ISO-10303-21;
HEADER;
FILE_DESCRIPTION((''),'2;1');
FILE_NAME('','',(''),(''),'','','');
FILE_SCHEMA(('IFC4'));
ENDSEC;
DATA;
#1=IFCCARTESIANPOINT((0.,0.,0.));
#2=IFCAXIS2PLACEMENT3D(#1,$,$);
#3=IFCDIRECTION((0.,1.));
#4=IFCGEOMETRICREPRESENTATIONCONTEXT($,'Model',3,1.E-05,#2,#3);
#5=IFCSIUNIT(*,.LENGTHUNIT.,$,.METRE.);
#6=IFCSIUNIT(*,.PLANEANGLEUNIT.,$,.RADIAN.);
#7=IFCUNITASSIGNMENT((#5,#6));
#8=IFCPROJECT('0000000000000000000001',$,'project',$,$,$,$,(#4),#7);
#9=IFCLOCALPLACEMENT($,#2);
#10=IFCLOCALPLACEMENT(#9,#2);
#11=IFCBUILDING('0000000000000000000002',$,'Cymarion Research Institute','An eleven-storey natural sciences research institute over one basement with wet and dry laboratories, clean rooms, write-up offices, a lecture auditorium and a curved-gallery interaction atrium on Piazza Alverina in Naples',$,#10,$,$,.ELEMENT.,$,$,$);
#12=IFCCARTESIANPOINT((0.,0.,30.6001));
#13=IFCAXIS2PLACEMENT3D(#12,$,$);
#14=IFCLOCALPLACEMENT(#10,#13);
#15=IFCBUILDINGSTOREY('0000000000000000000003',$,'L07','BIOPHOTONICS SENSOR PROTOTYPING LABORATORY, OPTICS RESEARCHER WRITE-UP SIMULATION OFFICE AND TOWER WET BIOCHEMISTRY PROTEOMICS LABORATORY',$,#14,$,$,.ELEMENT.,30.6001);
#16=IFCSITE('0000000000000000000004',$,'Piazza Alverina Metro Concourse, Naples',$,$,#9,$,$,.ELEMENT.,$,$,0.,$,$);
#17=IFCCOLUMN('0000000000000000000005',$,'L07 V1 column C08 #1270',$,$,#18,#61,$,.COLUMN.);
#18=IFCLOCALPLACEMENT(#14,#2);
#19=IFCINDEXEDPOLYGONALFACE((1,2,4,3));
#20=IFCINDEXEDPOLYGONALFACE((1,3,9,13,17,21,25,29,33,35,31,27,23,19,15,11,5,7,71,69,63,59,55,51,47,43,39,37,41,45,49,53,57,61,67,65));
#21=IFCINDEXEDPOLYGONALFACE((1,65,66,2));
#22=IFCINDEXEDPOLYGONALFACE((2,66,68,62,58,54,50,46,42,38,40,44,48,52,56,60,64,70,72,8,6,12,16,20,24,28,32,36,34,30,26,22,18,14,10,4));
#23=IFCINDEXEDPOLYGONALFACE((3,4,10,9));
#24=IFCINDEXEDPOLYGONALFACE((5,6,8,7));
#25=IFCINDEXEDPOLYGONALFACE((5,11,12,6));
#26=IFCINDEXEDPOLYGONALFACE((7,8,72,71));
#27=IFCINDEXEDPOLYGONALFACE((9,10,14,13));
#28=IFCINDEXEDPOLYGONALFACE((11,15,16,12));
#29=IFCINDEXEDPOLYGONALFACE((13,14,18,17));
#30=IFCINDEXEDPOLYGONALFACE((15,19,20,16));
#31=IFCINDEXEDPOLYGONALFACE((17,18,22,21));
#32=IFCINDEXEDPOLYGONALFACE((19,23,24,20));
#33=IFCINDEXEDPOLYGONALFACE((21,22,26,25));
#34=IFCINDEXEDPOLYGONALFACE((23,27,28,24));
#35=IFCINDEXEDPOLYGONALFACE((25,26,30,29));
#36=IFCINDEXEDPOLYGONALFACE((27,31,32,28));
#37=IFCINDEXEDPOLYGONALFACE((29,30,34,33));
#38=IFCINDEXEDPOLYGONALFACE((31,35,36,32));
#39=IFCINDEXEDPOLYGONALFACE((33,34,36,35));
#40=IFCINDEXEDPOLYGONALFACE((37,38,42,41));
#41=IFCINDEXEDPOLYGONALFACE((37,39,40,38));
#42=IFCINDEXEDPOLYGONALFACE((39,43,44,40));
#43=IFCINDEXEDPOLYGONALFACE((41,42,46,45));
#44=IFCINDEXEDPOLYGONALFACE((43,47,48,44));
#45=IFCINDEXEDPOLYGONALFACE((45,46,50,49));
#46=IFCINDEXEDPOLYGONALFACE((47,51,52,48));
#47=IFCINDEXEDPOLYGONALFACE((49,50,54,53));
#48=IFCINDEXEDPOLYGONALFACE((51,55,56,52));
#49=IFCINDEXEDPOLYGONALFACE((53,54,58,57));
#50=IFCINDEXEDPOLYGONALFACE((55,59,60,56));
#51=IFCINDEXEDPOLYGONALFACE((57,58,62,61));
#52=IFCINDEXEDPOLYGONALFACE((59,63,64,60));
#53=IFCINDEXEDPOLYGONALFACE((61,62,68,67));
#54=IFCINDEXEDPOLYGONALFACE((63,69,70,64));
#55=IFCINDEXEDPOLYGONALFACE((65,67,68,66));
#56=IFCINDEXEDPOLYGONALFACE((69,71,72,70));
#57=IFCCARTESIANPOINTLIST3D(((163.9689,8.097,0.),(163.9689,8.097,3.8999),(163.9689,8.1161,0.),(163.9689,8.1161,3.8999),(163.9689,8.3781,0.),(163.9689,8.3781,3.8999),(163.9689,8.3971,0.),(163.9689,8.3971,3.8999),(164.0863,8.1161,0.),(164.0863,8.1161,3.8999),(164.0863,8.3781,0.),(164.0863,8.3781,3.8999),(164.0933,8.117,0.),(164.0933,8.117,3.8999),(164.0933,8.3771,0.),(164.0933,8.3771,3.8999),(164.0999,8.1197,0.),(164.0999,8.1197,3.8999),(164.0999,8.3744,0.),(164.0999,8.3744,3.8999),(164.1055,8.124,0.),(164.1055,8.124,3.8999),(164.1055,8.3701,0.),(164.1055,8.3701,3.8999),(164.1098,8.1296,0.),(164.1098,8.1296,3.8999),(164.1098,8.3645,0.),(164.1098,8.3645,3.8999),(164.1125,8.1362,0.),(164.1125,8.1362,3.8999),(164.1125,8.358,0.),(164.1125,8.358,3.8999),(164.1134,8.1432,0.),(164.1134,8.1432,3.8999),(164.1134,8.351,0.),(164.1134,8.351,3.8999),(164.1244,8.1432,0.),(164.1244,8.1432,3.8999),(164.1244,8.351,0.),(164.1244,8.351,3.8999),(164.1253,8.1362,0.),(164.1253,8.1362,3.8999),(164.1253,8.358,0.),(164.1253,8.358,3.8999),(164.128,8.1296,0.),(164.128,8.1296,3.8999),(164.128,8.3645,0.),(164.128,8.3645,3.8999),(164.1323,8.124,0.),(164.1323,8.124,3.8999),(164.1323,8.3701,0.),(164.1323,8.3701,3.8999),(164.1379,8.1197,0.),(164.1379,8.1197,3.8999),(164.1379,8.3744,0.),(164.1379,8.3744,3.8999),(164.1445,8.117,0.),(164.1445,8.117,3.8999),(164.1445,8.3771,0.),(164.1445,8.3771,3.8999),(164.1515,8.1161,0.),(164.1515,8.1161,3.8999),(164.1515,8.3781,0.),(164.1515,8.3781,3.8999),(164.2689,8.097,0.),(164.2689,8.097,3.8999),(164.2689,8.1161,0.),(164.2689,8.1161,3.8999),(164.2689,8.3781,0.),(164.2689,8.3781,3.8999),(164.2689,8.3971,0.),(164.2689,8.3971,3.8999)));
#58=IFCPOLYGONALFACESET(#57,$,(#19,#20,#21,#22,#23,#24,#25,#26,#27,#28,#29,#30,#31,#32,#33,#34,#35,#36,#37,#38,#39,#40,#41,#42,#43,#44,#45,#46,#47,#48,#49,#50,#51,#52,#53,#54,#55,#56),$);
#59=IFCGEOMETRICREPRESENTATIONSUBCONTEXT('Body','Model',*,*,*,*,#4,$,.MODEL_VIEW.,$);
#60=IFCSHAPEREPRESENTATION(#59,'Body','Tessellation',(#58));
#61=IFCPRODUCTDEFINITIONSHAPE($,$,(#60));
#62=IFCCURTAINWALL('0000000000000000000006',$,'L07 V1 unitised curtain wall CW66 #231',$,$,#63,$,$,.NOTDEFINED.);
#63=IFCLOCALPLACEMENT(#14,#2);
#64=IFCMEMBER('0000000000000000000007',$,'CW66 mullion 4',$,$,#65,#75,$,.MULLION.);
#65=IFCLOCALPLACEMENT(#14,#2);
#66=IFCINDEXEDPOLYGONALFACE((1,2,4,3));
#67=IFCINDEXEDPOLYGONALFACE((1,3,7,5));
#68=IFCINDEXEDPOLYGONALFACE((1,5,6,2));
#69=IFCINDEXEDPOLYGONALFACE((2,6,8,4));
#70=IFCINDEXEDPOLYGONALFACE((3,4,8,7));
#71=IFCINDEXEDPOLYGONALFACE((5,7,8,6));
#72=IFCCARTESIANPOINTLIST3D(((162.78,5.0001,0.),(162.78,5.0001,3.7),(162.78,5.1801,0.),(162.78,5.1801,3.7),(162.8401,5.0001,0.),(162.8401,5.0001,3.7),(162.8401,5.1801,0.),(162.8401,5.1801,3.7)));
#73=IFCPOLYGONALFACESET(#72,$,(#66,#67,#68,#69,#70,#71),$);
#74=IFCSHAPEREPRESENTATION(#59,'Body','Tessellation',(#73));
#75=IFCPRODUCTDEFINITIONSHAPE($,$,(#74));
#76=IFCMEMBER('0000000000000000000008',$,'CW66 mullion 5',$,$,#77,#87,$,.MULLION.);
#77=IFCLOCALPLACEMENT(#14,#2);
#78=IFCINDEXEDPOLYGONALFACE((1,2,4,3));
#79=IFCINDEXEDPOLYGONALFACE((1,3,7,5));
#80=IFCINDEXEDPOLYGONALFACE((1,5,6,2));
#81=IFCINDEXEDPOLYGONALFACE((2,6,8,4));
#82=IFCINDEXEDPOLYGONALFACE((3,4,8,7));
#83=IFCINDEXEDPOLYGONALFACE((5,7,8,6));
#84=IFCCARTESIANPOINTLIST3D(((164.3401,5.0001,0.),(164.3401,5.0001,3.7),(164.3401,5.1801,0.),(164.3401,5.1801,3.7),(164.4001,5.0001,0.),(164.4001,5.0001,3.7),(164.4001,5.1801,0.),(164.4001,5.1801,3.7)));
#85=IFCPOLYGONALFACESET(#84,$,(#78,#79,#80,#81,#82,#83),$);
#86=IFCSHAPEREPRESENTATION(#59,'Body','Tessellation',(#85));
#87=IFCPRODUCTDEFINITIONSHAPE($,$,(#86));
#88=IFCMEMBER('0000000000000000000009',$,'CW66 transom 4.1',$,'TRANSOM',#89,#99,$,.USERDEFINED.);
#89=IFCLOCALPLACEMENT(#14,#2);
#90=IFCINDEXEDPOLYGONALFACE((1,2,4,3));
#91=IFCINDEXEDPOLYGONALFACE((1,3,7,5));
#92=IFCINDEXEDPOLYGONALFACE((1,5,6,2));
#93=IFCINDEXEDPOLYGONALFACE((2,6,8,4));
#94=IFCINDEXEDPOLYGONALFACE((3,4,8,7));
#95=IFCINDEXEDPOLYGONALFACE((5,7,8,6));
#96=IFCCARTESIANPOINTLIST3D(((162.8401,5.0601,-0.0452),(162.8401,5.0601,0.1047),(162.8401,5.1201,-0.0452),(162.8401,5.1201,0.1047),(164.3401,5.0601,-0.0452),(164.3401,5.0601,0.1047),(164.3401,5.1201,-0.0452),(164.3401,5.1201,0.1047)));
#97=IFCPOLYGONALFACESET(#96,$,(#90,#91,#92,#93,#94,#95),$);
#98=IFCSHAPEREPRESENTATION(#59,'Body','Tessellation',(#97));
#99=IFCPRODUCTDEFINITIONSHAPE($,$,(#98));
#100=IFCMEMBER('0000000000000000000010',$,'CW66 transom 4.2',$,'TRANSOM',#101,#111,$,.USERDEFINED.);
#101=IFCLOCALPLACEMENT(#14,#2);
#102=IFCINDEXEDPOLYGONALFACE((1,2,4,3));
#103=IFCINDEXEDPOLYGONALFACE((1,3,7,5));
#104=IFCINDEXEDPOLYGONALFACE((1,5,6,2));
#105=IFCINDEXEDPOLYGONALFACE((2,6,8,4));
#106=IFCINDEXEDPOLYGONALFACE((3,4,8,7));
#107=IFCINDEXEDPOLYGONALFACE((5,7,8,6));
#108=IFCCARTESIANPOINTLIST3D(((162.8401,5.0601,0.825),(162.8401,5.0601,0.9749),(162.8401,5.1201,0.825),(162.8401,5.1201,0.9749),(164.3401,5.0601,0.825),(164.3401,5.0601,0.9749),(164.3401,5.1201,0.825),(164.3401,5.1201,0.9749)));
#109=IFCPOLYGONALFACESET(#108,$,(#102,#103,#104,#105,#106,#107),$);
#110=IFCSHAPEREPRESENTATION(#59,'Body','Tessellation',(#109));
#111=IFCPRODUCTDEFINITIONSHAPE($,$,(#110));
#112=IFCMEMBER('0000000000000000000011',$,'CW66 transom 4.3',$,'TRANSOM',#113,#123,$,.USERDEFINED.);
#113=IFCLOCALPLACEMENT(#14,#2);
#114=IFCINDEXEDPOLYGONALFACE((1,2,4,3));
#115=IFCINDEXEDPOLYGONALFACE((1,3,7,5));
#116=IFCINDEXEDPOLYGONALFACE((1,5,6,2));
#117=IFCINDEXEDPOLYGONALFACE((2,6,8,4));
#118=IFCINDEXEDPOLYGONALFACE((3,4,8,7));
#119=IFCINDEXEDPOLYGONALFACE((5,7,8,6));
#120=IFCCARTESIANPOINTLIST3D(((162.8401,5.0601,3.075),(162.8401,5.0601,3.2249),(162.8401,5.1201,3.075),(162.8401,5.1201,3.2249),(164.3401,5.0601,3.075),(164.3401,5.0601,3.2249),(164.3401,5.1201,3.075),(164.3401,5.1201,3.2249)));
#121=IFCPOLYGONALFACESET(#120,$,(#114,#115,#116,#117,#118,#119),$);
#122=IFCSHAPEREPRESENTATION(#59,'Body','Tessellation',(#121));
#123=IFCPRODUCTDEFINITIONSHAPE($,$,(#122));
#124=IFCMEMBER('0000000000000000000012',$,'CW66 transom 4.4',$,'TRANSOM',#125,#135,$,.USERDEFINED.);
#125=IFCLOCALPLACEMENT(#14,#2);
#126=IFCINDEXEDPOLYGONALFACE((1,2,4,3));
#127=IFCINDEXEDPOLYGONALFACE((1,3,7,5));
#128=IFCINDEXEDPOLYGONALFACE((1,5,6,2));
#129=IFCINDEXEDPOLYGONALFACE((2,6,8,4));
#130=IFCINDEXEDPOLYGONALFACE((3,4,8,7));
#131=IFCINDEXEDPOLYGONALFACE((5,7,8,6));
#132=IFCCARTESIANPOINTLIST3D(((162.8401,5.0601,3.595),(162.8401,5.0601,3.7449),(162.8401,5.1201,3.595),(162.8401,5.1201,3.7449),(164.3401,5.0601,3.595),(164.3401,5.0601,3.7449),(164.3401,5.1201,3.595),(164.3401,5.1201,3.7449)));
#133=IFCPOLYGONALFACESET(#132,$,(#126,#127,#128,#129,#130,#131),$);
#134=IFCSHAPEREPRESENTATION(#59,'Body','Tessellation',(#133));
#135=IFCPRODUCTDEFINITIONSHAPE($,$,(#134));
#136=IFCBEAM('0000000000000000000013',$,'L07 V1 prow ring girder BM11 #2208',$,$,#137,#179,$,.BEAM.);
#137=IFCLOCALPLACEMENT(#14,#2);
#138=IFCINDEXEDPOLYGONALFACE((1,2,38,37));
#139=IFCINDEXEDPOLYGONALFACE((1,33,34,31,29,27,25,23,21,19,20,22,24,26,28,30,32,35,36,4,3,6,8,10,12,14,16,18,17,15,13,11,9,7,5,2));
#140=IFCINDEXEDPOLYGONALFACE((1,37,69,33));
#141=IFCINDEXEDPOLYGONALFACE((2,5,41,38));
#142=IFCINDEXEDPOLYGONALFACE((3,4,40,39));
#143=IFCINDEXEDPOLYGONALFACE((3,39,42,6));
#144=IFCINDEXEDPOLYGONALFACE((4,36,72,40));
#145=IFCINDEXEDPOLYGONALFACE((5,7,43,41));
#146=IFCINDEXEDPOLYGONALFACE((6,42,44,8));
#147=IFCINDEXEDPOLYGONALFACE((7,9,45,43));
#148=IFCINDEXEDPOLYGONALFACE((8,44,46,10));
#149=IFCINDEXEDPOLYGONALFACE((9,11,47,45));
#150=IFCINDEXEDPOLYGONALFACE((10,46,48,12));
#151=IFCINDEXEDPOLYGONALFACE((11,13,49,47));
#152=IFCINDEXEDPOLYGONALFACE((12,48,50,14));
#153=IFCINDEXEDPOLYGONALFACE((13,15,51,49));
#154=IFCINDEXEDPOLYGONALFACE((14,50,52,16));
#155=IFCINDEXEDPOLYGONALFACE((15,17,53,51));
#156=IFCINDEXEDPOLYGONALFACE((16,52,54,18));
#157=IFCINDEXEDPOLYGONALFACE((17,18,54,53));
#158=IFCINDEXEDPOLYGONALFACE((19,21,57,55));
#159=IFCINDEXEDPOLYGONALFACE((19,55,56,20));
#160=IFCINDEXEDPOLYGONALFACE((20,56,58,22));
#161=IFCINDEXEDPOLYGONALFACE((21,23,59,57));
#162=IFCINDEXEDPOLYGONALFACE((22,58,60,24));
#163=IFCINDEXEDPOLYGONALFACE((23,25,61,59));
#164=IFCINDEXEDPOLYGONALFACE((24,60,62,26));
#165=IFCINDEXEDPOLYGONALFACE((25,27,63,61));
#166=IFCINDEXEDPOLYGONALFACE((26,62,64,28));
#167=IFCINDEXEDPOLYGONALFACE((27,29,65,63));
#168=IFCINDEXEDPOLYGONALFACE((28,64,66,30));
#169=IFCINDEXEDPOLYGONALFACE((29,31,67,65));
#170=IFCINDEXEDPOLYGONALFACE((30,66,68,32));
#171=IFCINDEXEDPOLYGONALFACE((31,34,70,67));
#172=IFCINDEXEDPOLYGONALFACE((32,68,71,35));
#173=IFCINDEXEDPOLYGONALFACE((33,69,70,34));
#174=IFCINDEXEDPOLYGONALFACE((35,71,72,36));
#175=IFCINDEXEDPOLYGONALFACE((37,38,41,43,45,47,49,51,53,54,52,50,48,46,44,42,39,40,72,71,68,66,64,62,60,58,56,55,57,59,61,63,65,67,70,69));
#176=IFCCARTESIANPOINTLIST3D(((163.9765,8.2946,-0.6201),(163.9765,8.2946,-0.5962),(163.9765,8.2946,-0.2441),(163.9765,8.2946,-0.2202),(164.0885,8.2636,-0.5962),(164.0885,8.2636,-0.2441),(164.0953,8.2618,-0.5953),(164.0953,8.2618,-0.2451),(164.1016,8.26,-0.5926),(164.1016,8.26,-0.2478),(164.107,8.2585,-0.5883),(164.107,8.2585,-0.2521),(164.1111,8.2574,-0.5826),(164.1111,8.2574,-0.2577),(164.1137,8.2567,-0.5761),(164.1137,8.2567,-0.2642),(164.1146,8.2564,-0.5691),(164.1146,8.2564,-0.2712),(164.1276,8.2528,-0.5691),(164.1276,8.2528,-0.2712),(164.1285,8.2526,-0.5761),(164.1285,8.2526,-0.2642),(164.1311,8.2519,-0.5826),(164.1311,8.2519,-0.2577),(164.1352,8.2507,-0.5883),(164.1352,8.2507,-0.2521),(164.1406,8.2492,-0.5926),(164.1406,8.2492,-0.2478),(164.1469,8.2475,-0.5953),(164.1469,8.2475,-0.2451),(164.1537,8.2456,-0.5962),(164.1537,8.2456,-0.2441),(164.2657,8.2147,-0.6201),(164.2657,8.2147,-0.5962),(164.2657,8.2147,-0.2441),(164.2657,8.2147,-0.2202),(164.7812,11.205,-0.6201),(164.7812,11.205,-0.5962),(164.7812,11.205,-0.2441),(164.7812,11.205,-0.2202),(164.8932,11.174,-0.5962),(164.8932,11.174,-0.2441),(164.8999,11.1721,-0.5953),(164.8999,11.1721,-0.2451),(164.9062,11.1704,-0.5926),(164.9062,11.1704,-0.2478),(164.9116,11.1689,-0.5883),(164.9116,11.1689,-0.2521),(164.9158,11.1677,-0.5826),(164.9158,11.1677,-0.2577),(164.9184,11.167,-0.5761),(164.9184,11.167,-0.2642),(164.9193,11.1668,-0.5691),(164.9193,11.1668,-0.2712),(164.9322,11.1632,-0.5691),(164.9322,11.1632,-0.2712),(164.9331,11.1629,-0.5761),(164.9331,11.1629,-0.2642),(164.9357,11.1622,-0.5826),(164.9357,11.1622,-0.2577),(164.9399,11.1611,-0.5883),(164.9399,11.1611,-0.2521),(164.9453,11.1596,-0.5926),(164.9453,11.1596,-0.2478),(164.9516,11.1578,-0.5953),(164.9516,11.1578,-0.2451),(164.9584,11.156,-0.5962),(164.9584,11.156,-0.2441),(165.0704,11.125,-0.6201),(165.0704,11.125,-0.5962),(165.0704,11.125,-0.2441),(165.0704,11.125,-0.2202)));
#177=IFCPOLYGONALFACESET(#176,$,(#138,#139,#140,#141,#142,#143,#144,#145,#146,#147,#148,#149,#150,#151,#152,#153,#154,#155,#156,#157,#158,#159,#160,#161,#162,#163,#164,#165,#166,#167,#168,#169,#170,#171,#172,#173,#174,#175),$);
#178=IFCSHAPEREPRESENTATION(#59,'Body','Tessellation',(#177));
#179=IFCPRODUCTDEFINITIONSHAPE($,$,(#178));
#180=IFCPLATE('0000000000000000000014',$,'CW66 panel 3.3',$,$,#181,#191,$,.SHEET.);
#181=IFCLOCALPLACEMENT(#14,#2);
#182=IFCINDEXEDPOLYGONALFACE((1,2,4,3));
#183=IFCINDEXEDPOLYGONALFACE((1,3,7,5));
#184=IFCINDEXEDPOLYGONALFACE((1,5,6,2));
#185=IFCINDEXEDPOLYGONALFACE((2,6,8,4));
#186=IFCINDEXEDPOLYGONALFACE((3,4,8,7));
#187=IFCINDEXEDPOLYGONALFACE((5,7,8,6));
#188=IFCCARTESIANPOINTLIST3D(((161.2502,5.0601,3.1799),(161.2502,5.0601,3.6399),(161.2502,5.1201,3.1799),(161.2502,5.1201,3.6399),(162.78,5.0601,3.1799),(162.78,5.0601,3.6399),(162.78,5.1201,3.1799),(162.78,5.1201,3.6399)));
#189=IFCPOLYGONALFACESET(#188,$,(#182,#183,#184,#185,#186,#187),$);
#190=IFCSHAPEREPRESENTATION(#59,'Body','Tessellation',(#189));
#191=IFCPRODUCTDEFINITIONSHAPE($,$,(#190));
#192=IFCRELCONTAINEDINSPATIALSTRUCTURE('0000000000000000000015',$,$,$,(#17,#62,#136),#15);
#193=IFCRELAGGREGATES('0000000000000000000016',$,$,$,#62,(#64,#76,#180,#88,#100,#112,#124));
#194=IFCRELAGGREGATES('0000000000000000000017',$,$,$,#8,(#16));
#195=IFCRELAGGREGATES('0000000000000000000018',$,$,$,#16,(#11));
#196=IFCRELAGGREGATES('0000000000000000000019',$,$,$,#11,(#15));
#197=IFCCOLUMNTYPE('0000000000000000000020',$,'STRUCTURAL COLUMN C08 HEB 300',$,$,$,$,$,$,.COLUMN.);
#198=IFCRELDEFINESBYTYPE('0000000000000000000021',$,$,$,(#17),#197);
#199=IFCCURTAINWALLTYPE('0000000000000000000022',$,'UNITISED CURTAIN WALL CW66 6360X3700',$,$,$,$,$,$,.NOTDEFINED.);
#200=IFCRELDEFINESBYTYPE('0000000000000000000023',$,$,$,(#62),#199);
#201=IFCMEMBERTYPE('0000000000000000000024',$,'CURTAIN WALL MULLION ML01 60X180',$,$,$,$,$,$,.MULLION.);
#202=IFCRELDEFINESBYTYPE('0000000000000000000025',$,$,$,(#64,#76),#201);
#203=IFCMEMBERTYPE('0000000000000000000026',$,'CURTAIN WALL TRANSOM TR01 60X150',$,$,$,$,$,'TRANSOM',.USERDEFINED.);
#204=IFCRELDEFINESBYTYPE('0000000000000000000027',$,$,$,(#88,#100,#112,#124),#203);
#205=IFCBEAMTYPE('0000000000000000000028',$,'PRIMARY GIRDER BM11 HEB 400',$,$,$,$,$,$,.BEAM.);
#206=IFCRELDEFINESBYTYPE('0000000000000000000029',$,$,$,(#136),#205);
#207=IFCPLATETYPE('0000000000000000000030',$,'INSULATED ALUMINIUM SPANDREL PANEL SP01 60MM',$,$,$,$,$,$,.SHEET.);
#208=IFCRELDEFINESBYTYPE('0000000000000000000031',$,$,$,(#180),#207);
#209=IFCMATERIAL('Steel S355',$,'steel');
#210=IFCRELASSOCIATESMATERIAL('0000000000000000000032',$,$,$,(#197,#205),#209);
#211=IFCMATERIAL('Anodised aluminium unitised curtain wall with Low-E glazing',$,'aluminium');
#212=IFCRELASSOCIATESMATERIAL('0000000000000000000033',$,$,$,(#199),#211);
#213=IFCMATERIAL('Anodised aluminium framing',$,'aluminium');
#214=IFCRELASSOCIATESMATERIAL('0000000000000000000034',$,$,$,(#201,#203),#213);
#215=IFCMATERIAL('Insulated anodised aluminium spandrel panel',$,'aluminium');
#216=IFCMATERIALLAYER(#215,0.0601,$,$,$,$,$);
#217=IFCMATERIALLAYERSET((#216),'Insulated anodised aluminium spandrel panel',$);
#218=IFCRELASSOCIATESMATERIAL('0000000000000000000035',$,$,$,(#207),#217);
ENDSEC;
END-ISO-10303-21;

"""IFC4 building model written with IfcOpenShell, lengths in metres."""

from ifc_helpers import new_model, si_unit, direction, frame, origin, origin_2d, place, context, subcontext, project, spatial, rectangle, i_section, extrude, material, layer, layer_set, material_profile, profile_set, type_object, element, aggregate, save


model = new_model("IFC4")

# Units and contexts
model_context = context("Model", 3, precision=1e-05, world=origin(), true_north=direction((0.0, 1.0)))
body_context = subcontext(model_context, "Body", "Model", "MODEL_VIEW")
ifc_project = project(units=[si_unit("LENGTHUNIT", "METRE"), si_unit("PLANEANGLEUNIT", "RADIAN")], contexts=[model_context])

# Site, building, storey
site_placement = place(None, origin())
site = spatial("IfcSite", under=ifc_project, at=site_placement, Name="Piazza Alverina Metro Concourse, Naples", CompositionType="ELEMENT", RefElevation=0.0)
building_placement = place(site_placement, origin())
building = spatial("IfcBuilding", under=site, at=building_placement, Name="Cymarion Research Institute", Description="An eleven-storey natural sciences research institute over one basement with wet and dry laboratories, clean rooms, write-up offices, a lecture auditorium and a curved-gallery interaction atrium on Piazza Alverina in Naples", CompositionType="ELEMENT")
storey_placement = place(building_placement, frame((0.0, 0.0, 30.6001)))
storey = spatial("IfcBuildingStorey", under=building, at=storey_placement, Name="L07", Description="BIOPHOTONICS SENSOR PROTOTYPING LABORATORY, OPTICS RESEARCHER WRITE-UP SIMULATION OFFICE AND TOWER WET BIOCHEMISTRY PROTEOMICS LABORATORY", CompositionType="ELEMENT", Elevation=30.6001)

# Column
ifc_material_1 = material(Name="Steel S355", Category="steel")
ifc_material_profile_1 = material_profile(ifc_material_1, i_section(OverallWidth=0.3, OverallDepth=0.3, WebThickness=0.011, FlangeThickness=0.019, FilletRadius=0.0271, at=origin_2d()), Name="HEB 300")
ifc_profile_set_1 = profile_set([ifc_material_profile_1], Name="Steel S355")
column_type = type_object("IfcColumnType", Name="STRUCTURAL COLUMN C08 HEB 300", PredefinedType="COLUMN", material=ifc_profile_set_1)
column_placement = place(storey_placement, frame((164.1189, 8.2471, 0.0), z_axis=(0.0, 0.0, 1.0), x_axis=(1.0, 0.0, 0.0)))
element("IfcColumn", 1, at=column_placement, inside=storey, type_object=column_type, Name="L07 V1 column C08 #1270", PredefinedType="COLUMN", context=body_context, shape_type="SweptSolid", body=[
    extrude(i_section(OverallWidth=0.3, OverallDepth=0.3, WebThickness=0.011, FlangeThickness=0.019, FilletRadius=0.0271, at=origin_2d()), origin(), (0.0, 0.0, 1.0), 3.8999),
])

# Curtain wall, members
ifc_material_2 = material(Name="Anodised aluminium unitised curtain wall with Low-E glazing", Category="aluminium")
curtain_wall_type = type_object("IfcCurtainWallType", Name="UNITISED CURTAIN WALL CW66 6360X3700", PredefinedType="NOTDEFINED", material=ifc_material_2)
curtain_wall_placement = place(storey_placement, origin())
curtain_wall = element("IfcCurtainWall", 2, at=curtain_wall_placement, inside=storey, type_object=curtain_wall_type, Name="L07 V1 unitised curtain wall CW66 #231", PredefinedType="NOTDEFINED")
ifc_material_3 = material(Name="Anodised aluminium framing", Category="aluminium")
ifc_material_profile_2 = material_profile(ifc_material_3, rectangle(XDim=0.0601, YDim=0.1799, at=origin_2d()), Name="ALU MULLION 60x180")
ifc_profile_set_2 = profile_set([ifc_material_profile_2], Name="Anodised aluminium framing")
member_type_1 = type_object("IfcMemberType", Name="CURTAIN WALL MULLION ML01 60X180", PredefinedType="MULLION", material=ifc_profile_set_2)
member_1_placement = place(storey_placement, frame((162.8101, 5.0901, 0.0), z_axis=(0.0, 0.0, 1.0), x_axis=(1.0, 0.0, 0.0)))
member_1 = element("IfcMember", 3, at=member_1_placement, type_object=member_type_1, Name="CW66 mullion 4", PredefinedType="MULLION", context=body_context, shape_type="SweptSolid", body=[
    extrude(rectangle(XDim=0.0601, YDim=0.1799, at=origin_2d()), origin(), (0.0, 0.0, 1.0), 3.7),
])
member_2_placement = place(storey_placement, frame((164.3701, 5.0901, 0.0), z_axis=(0.0, 0.0, 1.0), x_axis=(1.0, 0.0, 0.0)))
member_2 = element("IfcMember", 4, at=member_2_placement, type_object=member_type_1, Name="CW66 mullion 5", PredefinedType="MULLION", context=body_context, shape_type="SweptSolid", body=[
    extrude(rectangle(XDim=0.0601, YDim=0.1799, at=origin_2d()), origin(), (0.0, 0.0, 1.0), 3.7),
])
ifc_material_profile_3 = material_profile(ifc_material_3, rectangle(XDim=0.0601, YDim=0.1499, at=origin_2d()), Name="ALU TRANSOM 60x150")
ifc_profile_set_3 = profile_set([ifc_material_profile_3], Name="Anodised aluminium framing")
member_type_2 = type_object("IfcMemberType", Name="CURTAIN WALL TRANSOM TR01 60X150", ElementType="TRANSOM", PredefinedType="USERDEFINED", material=ifc_profile_set_3)
member_3_placement = place(storey_placement, frame((162.8401, 5.0901, 0.0298), z_axis=(1.0, 0.0, 0.0), x_axis=(0.0, 1.0, 0.0)))
member_3 = element("IfcMember", 5, at=member_3_placement, type_object=member_type_2, Name="CW66 transom 4.1", ObjectType="TRANSOM", PredefinedType="USERDEFINED", context=body_context, shape_type="SweptSolid", body=[
    extrude(rectangle(XDim=0.0601, YDim=0.1499, at=origin_2d()), origin(), (0.0, 0.0, 1.0), 1.5),
])
member_4_placement = place(storey_placement, frame((162.8401, 5.0901, 0.8999), z_axis=(1.0, 0.0, 0.0), x_axis=(0.0, 1.0, 0.0)))
member_4 = element("IfcMember", 6, at=member_4_placement, type_object=member_type_2, Name="CW66 transom 4.2", ObjectType="TRANSOM", PredefinedType="USERDEFINED", context=body_context, shape_type="SweptSolid", body=[
    extrude(rectangle(XDim=0.0601, YDim=0.1499, at=origin_2d()), origin(), (0.0, 0.0, 1.0), 1.5),
])
member_5_placement = place(storey_placement, frame((162.8401, 5.0901, 3.1499), z_axis=(1.0, 0.0, 0.0), x_axis=(0.0, 1.0, 0.0)))
member_5 = element("IfcMember", 7, at=member_5_placement, type_object=member_type_2, Name="CW66 transom 4.3", ObjectType="TRANSOM", PredefinedType="USERDEFINED", context=body_context, shape_type="SweptSolid", body=[
    extrude(rectangle(XDim=0.0601, YDim=0.1499, at=origin_2d()), origin(), (0.0, 0.0, 1.0), 1.5),
])
member_6_placement = place(storey_placement, frame((162.8401, 5.0901, 3.6699), z_axis=(1.0, 0.0, 0.0), x_axis=(0.0, 1.0, 0.0)))
member_6 = element("IfcMember", 8, at=member_6_placement, type_object=member_type_2, Name="CW66 transom 4.4", ObjectType="TRANSOM", PredefinedType="USERDEFINED", context=body_context, shape_type="SweptSolid", body=[
    extrude(rectangle(XDim=0.0601, YDim=0.1499, at=origin_2d()), origin(), (0.0, 0.0, 1.0), 1.5),
])

# Beam
ifc_material_profile_4 = material_profile(ifc_material_1, i_section(OverallWidth=0.3, OverallDepth=0.3999, WebThickness=0.0134, FlangeThickness=0.0239, FilletRadius=0.0271, at=origin_2d()), Name="HEB 400")
ifc_profile_set_4 = profile_set([ifc_material_profile_4], Name="Steel S355")
beam_type = type_object("IfcBeamType", Name="PRIMARY GIRDER BM11 HEB 400", PredefinedType="BEAM", material=ifc_profile_set_4)
beam_placement = place(storey_placement, frame((164.1211, 8.2546, -0.4202), z_axis=(0.266489, 0.963838, 0.0), x_axis=(-0.963838, 0.266489, 0.0)))
element("IfcBeam", 9, at=beam_placement, inside=storey, type_object=beam_type, Name="L07 V1 prow ring girder BM11 #2208", PredefinedType="BEAM", context=body_context, shape_type="SweptSolid", body=[
    extrude(i_section(OverallWidth=0.3, OverallDepth=0.3999, WebThickness=0.0134, FlangeThickness=0.0239, FilletRadius=0.0271, at=origin_2d()), origin(), (0.0, 0.0, 1.0), 3.0195),
])

# Plate
ifc_material_4 = material(Name="Insulated anodised aluminium spandrel panel", Category="aluminium")
ifc_layer_1 = layer(ifc_material_4, 0.0601)
ifc_layer_set_1 = layer_set([ifc_layer_1], Name="Insulated anodised aluminium spandrel panel")
plate_type_1 = type_object("IfcPlateType", Name="INSULATED ALUMINIUM SPANDREL PANEL SP01 60MM", PredefinedType="SHEET", material=ifc_layer_set_1)
plate_1_placement = place(storey_placement, frame((162.0151, 5.0901, 3.1799), z_axis=(0.0, 0.0, 1.0), x_axis=(1.0, 0.0, 0.0)))
plate_1 = element("IfcPlate", 10, at=plate_1_placement, type_object=plate_type_1, Name="CW66 panel 3.3", PredefinedType="SHEET", context=body_context, shape_type="SweptSolid", body=[
    extrude(rectangle(XDim=1.5298, YDim=0.0601, at=origin_2d()), origin(), (0.0, 0.0, 1.0), 0.46),
])
aggregate(curtain_wall, [member_1, member_2, plate_1, member_3, member_4, member_5, member_6])

save(model, "model.ifc")
